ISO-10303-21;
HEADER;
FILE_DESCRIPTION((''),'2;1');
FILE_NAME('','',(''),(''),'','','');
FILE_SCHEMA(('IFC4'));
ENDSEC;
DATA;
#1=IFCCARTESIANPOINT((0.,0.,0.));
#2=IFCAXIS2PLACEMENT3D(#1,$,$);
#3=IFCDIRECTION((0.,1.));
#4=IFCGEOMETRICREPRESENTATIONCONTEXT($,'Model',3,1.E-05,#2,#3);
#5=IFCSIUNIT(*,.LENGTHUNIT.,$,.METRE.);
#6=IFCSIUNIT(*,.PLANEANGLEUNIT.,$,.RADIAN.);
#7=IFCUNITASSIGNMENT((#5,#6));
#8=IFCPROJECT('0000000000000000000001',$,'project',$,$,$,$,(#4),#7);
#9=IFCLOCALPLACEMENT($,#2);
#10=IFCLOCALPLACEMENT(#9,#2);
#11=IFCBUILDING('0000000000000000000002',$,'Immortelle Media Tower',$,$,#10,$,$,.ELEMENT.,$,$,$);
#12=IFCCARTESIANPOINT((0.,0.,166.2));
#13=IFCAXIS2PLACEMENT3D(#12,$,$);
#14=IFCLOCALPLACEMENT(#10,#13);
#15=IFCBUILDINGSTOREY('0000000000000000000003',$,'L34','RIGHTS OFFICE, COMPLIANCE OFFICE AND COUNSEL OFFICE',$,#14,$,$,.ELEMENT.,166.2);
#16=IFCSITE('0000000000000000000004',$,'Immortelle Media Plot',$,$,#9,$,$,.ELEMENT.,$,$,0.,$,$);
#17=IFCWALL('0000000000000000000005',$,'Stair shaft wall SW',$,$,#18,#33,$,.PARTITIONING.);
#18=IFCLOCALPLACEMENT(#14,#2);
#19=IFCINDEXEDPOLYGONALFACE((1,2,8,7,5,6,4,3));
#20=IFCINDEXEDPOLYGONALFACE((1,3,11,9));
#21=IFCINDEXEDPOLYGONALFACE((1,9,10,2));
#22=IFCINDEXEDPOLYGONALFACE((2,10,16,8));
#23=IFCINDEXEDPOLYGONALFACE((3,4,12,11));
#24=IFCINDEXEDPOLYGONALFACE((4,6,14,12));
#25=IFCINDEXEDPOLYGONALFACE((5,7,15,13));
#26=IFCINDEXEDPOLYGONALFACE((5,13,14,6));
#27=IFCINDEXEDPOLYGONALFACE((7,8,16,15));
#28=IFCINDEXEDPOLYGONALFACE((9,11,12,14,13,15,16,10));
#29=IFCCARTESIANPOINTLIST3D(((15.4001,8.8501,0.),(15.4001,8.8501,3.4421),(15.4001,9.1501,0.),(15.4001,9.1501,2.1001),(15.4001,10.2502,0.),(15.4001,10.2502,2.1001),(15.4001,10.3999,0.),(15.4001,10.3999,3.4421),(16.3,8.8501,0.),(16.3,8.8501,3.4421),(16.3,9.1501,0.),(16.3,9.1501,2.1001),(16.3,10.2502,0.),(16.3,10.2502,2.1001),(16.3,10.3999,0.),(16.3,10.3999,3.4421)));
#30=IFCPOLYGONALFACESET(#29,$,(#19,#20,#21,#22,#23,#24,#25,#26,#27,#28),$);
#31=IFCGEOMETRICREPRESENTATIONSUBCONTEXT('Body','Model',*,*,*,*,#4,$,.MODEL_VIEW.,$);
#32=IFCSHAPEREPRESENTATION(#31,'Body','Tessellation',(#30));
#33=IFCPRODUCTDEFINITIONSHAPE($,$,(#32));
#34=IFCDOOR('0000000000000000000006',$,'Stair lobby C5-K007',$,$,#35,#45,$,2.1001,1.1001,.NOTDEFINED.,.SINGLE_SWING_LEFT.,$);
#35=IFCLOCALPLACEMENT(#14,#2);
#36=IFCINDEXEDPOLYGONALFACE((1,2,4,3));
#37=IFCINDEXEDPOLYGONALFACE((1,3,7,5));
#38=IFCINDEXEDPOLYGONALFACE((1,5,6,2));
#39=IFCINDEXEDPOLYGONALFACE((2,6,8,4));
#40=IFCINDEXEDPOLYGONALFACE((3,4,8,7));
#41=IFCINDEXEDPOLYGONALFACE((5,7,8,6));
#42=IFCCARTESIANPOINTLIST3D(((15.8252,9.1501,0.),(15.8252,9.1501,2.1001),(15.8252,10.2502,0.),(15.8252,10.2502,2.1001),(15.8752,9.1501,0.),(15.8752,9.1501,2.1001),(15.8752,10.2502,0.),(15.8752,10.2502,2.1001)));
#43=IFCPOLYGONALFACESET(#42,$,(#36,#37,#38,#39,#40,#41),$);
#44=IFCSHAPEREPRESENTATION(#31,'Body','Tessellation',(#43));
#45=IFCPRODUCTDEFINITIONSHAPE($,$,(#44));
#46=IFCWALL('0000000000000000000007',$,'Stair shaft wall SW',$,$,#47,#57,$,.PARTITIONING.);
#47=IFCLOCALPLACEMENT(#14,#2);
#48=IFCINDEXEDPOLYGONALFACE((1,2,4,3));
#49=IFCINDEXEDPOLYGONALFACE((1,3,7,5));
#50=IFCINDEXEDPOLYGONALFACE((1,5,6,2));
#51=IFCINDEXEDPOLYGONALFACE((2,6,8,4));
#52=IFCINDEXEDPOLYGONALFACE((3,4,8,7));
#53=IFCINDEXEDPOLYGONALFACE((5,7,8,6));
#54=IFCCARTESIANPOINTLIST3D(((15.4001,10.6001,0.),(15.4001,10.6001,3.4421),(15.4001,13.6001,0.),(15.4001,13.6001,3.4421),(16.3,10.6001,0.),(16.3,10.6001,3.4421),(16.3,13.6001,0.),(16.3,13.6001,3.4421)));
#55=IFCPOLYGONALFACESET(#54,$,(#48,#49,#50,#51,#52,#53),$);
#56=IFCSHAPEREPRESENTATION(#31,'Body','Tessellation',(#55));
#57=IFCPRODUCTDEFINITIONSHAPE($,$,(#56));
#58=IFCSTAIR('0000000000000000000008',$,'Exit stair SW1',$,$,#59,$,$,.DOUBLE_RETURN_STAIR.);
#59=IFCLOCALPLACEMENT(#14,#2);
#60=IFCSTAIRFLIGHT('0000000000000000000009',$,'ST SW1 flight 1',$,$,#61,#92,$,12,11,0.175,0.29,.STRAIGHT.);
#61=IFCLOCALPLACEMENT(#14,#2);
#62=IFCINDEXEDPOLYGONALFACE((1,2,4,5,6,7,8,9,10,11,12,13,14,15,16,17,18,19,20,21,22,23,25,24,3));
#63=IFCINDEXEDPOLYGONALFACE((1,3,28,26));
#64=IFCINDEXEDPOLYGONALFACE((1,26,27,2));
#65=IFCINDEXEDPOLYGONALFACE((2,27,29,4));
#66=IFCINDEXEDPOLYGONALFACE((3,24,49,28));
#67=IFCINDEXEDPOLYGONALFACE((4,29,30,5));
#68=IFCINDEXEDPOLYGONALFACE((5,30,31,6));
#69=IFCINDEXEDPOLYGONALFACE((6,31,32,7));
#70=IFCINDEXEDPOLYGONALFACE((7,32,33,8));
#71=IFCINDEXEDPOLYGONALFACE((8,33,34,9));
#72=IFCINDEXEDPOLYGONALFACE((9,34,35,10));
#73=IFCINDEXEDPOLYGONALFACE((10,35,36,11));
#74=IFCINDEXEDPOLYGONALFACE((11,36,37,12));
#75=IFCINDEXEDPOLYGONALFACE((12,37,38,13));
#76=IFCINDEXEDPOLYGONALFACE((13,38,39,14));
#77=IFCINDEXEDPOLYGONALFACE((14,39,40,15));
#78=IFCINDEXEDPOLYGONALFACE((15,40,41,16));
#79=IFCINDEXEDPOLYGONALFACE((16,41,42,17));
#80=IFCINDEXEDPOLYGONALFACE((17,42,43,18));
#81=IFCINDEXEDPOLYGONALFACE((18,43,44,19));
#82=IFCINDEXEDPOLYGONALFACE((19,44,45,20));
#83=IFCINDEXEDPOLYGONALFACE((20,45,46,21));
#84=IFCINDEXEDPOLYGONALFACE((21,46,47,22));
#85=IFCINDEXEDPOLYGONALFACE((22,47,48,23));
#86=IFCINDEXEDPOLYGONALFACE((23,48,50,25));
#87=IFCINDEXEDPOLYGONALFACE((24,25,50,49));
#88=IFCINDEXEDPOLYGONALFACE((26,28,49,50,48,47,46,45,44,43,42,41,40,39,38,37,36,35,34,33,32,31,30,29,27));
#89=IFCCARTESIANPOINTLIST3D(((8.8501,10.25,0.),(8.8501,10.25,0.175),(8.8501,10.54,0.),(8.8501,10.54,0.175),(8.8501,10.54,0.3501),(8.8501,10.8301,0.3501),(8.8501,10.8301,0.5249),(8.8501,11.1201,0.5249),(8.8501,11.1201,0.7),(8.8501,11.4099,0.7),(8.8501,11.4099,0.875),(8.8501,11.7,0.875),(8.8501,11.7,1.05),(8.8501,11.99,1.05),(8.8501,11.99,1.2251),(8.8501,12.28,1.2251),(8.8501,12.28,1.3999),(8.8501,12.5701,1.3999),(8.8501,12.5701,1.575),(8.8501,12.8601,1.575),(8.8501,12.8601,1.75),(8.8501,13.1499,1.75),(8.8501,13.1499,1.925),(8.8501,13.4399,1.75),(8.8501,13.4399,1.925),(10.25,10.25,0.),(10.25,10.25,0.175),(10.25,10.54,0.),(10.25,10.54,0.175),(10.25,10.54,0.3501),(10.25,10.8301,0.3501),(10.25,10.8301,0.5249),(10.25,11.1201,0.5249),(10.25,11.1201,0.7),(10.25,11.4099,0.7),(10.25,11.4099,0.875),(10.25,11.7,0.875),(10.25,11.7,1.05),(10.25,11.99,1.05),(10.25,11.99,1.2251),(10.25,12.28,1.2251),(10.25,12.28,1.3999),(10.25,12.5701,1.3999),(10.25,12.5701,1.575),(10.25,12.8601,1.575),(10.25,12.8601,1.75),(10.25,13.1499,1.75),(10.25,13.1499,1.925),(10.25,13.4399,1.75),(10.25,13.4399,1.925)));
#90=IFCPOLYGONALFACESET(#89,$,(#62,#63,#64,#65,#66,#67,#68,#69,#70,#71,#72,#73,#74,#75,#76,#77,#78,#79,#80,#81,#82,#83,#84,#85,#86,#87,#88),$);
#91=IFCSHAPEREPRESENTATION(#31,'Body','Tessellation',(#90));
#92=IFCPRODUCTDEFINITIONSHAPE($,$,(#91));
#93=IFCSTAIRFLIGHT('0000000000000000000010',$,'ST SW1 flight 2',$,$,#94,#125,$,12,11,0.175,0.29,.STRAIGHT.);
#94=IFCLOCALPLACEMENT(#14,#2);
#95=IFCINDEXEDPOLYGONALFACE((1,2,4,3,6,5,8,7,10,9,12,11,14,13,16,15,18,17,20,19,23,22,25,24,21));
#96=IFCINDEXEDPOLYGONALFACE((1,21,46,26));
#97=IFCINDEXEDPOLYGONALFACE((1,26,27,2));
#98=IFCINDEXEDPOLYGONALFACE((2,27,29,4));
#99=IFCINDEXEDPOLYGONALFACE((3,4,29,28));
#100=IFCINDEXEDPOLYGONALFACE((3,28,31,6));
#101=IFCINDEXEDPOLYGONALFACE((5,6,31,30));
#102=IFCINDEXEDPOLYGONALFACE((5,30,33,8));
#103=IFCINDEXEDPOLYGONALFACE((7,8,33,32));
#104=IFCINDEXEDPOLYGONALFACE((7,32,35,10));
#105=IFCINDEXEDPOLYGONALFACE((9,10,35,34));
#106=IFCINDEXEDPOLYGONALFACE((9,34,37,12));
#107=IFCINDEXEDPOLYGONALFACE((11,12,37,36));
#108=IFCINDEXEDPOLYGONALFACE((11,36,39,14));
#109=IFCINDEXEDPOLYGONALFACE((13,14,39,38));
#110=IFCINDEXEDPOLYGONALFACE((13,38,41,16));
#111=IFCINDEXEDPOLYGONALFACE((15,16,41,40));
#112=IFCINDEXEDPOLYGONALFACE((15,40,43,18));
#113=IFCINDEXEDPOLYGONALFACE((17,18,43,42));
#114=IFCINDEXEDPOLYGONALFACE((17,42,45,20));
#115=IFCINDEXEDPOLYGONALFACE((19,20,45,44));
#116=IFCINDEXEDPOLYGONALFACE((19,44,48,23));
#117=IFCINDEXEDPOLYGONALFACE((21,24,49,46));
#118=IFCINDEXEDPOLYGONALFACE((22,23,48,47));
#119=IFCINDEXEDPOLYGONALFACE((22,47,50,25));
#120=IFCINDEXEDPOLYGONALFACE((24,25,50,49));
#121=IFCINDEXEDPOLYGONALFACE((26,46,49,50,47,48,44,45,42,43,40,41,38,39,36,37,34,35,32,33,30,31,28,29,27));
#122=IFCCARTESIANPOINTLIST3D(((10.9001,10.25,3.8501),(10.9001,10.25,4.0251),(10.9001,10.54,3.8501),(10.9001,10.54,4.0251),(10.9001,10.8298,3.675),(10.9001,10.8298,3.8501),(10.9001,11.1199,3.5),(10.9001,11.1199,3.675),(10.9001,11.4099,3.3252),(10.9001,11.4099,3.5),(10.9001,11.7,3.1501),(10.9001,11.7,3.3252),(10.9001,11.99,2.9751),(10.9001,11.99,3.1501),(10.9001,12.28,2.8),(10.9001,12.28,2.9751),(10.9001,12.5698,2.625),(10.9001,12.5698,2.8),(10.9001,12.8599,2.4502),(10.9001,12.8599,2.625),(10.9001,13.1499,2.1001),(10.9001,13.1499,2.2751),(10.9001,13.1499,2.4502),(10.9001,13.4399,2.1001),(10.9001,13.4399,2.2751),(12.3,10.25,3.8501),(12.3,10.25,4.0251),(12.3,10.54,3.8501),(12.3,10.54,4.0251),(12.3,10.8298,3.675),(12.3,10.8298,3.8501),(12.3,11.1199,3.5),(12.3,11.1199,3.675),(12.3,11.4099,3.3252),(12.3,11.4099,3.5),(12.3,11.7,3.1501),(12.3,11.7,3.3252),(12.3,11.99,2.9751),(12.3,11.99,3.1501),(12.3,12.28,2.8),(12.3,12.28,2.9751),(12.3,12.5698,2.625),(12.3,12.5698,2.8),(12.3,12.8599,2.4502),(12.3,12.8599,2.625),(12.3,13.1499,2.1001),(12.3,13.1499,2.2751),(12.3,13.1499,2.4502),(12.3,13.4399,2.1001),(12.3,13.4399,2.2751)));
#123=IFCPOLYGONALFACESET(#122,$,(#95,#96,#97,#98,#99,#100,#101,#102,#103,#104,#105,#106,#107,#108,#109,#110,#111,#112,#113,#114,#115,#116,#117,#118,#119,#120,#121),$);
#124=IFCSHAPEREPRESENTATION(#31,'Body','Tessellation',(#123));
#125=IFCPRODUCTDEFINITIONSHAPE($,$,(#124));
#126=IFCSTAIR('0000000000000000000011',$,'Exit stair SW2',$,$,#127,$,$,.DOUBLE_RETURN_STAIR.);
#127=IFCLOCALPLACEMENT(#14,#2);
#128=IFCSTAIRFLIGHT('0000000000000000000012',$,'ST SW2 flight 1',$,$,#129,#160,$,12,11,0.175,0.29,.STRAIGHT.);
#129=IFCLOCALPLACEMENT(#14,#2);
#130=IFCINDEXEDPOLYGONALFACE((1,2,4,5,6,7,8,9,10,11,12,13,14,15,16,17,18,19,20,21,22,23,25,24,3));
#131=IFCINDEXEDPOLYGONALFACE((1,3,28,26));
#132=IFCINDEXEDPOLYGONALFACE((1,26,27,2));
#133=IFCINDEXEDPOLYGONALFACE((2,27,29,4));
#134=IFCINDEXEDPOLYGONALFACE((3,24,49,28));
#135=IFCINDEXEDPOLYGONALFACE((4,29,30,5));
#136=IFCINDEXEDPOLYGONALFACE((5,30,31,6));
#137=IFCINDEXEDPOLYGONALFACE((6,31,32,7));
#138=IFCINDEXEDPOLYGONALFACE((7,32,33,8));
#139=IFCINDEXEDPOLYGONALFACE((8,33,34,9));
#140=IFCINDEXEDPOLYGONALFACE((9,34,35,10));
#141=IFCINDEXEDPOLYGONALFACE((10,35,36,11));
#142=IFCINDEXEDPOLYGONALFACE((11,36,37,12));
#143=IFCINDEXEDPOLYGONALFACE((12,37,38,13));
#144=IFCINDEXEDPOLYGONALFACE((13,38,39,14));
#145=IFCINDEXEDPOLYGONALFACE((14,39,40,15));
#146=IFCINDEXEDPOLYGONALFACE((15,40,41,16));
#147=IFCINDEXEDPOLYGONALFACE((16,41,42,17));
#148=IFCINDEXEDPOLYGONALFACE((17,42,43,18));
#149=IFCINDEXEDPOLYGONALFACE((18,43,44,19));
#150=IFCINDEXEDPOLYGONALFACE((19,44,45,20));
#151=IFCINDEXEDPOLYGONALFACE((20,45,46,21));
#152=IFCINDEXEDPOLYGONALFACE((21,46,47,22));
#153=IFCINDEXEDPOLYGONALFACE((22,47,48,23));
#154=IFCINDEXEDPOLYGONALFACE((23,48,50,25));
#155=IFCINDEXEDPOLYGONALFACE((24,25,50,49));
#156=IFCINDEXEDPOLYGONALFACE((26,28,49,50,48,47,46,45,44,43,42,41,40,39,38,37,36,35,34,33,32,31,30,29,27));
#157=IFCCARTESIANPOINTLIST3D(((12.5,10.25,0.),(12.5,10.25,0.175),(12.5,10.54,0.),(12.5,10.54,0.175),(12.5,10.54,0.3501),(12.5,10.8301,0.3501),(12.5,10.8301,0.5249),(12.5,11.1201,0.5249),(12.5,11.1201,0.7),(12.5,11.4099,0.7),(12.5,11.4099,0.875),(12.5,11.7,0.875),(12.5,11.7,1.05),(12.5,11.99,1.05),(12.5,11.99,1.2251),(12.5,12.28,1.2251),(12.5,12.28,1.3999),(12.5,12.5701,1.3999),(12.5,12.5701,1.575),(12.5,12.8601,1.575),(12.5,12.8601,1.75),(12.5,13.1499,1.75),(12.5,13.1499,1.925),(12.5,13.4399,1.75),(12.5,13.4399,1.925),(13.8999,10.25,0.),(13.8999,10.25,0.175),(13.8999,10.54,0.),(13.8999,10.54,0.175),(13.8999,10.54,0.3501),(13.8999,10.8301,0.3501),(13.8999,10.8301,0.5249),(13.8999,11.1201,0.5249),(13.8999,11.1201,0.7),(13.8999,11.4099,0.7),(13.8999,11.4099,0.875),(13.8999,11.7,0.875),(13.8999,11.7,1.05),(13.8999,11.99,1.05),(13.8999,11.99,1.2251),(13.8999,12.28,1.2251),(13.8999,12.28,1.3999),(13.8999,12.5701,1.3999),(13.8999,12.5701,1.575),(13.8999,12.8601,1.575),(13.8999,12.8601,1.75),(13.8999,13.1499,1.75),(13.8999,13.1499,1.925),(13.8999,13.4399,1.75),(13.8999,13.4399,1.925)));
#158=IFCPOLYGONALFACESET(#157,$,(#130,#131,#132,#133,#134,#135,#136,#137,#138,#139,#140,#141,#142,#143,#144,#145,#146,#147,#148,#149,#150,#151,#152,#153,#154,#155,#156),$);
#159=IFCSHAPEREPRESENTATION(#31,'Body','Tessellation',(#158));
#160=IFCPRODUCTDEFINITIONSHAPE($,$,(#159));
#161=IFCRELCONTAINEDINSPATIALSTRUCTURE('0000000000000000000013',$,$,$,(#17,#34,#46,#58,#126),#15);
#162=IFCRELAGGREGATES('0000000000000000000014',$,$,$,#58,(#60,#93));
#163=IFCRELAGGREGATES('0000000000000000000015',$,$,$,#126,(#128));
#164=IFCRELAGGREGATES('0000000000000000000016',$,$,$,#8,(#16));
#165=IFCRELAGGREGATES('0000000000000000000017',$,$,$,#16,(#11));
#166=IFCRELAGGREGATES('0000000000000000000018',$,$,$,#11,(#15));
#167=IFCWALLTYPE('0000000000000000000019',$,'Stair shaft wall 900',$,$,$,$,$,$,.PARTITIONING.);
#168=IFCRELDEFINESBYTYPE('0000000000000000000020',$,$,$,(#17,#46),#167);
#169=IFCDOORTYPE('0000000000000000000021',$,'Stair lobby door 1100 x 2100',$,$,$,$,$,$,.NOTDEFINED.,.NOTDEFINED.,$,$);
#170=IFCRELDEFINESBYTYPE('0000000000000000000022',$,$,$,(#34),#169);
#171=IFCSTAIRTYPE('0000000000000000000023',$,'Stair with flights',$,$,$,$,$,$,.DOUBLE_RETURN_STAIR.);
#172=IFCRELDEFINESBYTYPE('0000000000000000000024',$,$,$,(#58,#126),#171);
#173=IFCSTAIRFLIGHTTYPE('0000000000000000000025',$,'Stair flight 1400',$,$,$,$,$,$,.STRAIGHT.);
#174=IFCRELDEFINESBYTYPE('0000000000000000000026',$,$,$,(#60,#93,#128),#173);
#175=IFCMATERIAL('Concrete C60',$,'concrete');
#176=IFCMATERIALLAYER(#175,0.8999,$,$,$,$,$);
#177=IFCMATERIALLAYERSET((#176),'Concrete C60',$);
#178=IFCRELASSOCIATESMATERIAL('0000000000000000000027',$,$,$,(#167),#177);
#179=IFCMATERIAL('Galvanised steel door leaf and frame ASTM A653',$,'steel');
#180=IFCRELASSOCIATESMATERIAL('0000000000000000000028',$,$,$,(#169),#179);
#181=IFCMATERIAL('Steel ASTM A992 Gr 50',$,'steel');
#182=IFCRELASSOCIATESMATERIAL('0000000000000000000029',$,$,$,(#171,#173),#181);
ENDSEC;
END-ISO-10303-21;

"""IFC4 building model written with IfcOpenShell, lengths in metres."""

from ifc_helpers import new_model, si_unit, direction, frame, frame_2d, origin, place, context, subcontext, project, spatial, polyline, rectangle, outline, extrude, material, layer, layer_set, type_object, element, fill, aggregate, save


model = new_model("IFC4")

# Units and contexts
model_context = context("Model", 3, precision=1e-05, world=origin(), true_north=direction((0.0, 1.0)))
body_context = subcontext(model_context, "Body", "Model", "MODEL_VIEW")
ifc_project = project(units=[si_unit("LENGTHUNIT", "METRE"), si_unit("PLANEANGLEUNIT", "RADIAN")], contexts=[model_context])

# Site, building, storey
site_placement = place(None, origin())
site = spatial("IfcSite", under=ifc_project, at=site_placement, Name="Immortelle Media Plot", CompositionType="ELEMENT", RefElevation=0.0)
building_placement = place(site_placement, origin())
building = spatial("IfcBuilding", under=site, at=building_placement, Name="Immortelle Media Tower", CompositionType="ELEMENT")
storey_placement = place(building_placement, frame((0.0, 0.0, 166.2)))
storey = spatial("IfcBuildingStorey", under=building, at=storey_placement, Name="L34", Description="RIGHTS OFFICE, COMPLIANCE OFFICE AND COUNSEL OFFICE", CompositionType="ELEMENT", Elevation=166.2)

# Shared definitions
ifc_material_1 = material(Name="Steel ASTM A992 Gr 50", Category="steel")

# Wall, opening, door
ifc_material_2 = material(Name="Concrete C60", Category="concrete")
ifc_layer_1 = layer(ifc_material_2, 0.8999)
ifc_layer_set_1 = layer_set([ifc_layer_1], Name="Concrete C60")
wall_type_1 = type_object("IfcWallType", Name="Stair shaft wall 900", PredefinedType="PARTITIONING", material=ifc_layer_set_1)
wall_1_placement = place(storey_placement, frame((15.8501, 8.8501, 0.0), z_axis=(0.0, 0.0, 1.0), x_axis=(0.0, 1.0, 0.0)))
wall_1 = element("IfcWall", 1, at=wall_1_placement, inside=storey, type_object=wall_type_1, Name="Stair shaft wall SW", PredefinedType="PARTITIONING", context=body_context, shape_type="SweptSolid", body=[
    extrude(rectangle(XDim=1.5498, YDim=0.8999, at=frame_2d((0.7749, 0.0))), origin(), (0.0, 0.0, 1.0), 3.4421),
])
opening_1_placement = place(wall_1_placement, frame((0.3, 0.0, 0.0)))
opening_1 = element("IfcOpeningElement", 2, at=opening_1_placement, cuts=wall_1, PredefinedType="OPENING", context=body_context, shape_type="SweptSolid", body=[
    extrude(rectangle(XDim=1.1001, YDim=2.1001, at=frame_2d((0.55, 1.05))), frame((0.0, 0.46, 0.0), z_axis=(0.0, -1.0, 0.0), x_axis=(1.0, 0.0, 0.0)), (0.0, 0.0, 1.0), 0.9199),
])
ifc_material_3 = material(Name="Galvanised steel door leaf and frame ASTM A653", Category="steel")
door_type_1 = type_object("IfcDoorType", Name="Stair lobby door 1100 x 2100", OperationType="NOTDEFINED", PredefinedType="NOTDEFINED", material=ifc_material_3)
door_1_placement = place(opening_1_placement, origin())
door_1 = element("IfcDoor", 3, at=door_1_placement, inside=storey, type_object=door_type_1, Name="Stair lobby C5-K007", OperationType="SINGLE_SWING_LEFT", OverallHeight=2.1001, OverallWidth=1.1001, PredefinedType="NOTDEFINED", context=body_context, shape_type="SweptSolid", body=[
    extrude(rectangle(XDim=1.1001, YDim=2.1001, at=frame_2d((0.55, 1.05))), frame((0.0, 0.0249, 0.0), z_axis=(0.0, -1.0, 0.0), x_axis=(1.0, 0.0, 0.0)), (0.0, 0.0, 1.0), 0.05),
])
fill(opening_1, door_1)

# Wall
wall_2_placement = place(storey_placement, frame((15.8501, 10.6001, 0.0), z_axis=(0.0, 0.0, 1.0), x_axis=(0.0, 1.0, 0.0)))
element("IfcWall", 4, at=wall_2_placement, inside=storey, type_object=wall_type_1, Name="Stair shaft wall SW", PredefinedType="PARTITIONING", context=body_context, shape_type="SweptSolid", body=[
    extrude(rectangle(XDim=3.0, YDim=0.8999, at=frame_2d((1.5, 0.0))), origin(), (0.0, 0.0, 1.0), 3.4421),
])

# Stairs, stair flights
stair_type = type_object("IfcStairType", Name="Stair with flights", PredefinedType="DOUBLE_RETURN_STAIR", material=ifc_material_1)
stair_1_placement = place(storey_placement, origin())
stair_1 = element("IfcStair", 5, at=stair_1_placement, inside=storey, type_object=stair_type, Name="Exit stair SW1", PredefinedType="DOUBLE_RETURN_STAIR")
stair_flight_type = type_object("IfcStairFlightType", Name="Stair flight 1400", PredefinedType="STRAIGHT", material=ifc_material_1)
stair_flight_1_placement = place(storey_placement, frame((9.55, 10.25, 0.0), z_axis=(0.0, 0.0, 1.0), x_axis=(0.0, 1.0, 0.0)))
stair_flight_1 = element("IfcStairFlight", 6, at=stair_flight_1_placement, type_object=stair_flight_type, Name="ST SW1 flight 1", NumberOfRisers=12, NumberOfTreads=11, PredefinedType="STRAIGHT", RiserHeight=0.175, TreadLength=0.29, context=body_context, shape_type="SweptSolid", body=[
    extrude(outline(polyline([(0.0, 0.0), (0.0, 0.175), (0.29, 0.175), (0.29, 0.3501), (0.5801, 0.3501), (0.5801, 0.5249), (0.8701, 0.5249), (0.8701, 0.7), (1.1599, 0.7), (1.1599, 0.875), (1.45, 0.875), (1.45, 1.05), (1.74, 1.05), (1.74, 1.2251), (2.03, 1.2251), (2.03, 1.3999), (2.3201, 1.3999), (2.3201, 1.575), (2.6101, 1.575), (2.6101, 1.75), (2.8999, 1.75), (2.8999, 1.925), (3.1899, 1.925), (3.1899, 2.1001), (3.1899, 1.75), (0.29, 0.0), (0.0, 0.0)])), frame((0.0, 0.7, 0.0), z_axis=(0.0, -1.0, 0.0), x_axis=(1.0, 0.0, 0.0)), (0.0, 0.0, 1.0), 1.3999),
])
stair_flight_2_placement = place(storey_placement, frame((11.6001, 13.4399, 2.1001), z_axis=(0.0, 0.0, 1.0), x_axis=(0.0, -1.0, 0.0)))
stair_flight_2 = element("IfcStairFlight", 7, at=stair_flight_2_placement, type_object=stair_flight_type, Name="ST SW1 flight 2", NumberOfRisers=12, NumberOfTreads=11, PredefinedType="STRAIGHT", RiserHeight=0.175, TreadLength=0.29, context=body_context, shape_type="SweptSolid", body=[
    extrude(outline(polyline([(0.0, 0.0), (0.0, 0.175), (0.29, 0.175), (0.29, 0.3501), (0.5801, 0.3501), (0.5801, 0.5249), (0.8701, 0.5249), (0.8701, 0.7), (1.1599, 0.7), (1.1599, 0.875), (1.45, 0.875), (1.45, 1.05), (1.74, 1.05), (1.74, 1.2251), (2.03, 1.2251), (2.03, 1.3999), (2.3201, 1.3999), (2.3201, 1.575), (2.6101, 1.575), (2.6101, 1.75), (2.8999, 1.75), (2.8999, 1.925), (3.1899, 1.925), (3.1899, 2.1001), (3.1899, 1.75), (0.29, 0.0), (0.0, 0.0)])), frame((0.0, 0.7, 0.0), z_axis=(0.0, -1.0, 0.0), x_axis=(1.0, 0.0, 0.0)), (0.0, 0.0, 1.0), 1.3999),
])
aggregate(stair_1, [stair_flight_1, stair_flight_2])
stair_2_placement = place(storey_placement, origin())
stair_2 = element("IfcStair", 8, at=stair_2_placement, inside=storey, type_object=stair_type, Name="Exit stair SW2", PredefinedType="DOUBLE_RETURN_STAIR")
stair_flight_3_placement = place(storey_placement, frame((13.2, 10.25, 0.0), z_axis=(0.0, 0.0, 1.0), x_axis=(0.0, 1.0, 0.0)))
stair_flight_3 = element("IfcStairFlight", 9, at=stair_flight_3_placement, type_object=stair_flight_type, Name="ST SW2 flight 1", NumberOfRisers=12, NumberOfTreads=11, PredefinedType="STRAIGHT", RiserHeight=0.175, TreadLength=0.29, context=body_context, shape_type="SweptSolid", body=[
    extrude(outline(polyline([(0.0, 0.0), (0.0, 0.175), (0.29, 0.175), (0.29, 0.3501), (0.5801, 0.3501), (0.5801, 0.5249), (0.8701, 0.5249), (0.8701, 0.7), (1.1599, 0.7), (1.1599, 0.875), (1.45, 0.875), (1.45, 1.05), (1.74, 1.05), (1.74, 1.2251), (2.03, 1.2251), (2.03, 1.3999), (2.3201, 1.3999), (2.3201, 1.575), (2.6101, 1.575), (2.6101, 1.75), (2.8999, 1.75), (2.8999, 1.925), (3.1899, 1.925), (3.1899, 2.1001), (3.1899, 1.75), (0.29, 0.0), (0.0, 0.0)])), frame((0.0, 0.7, 0.0), z_axis=(0.0, -1.0, 0.0), x_axis=(1.0, 0.0, 0.0)), (0.0, 0.0, 1.0), 1.3999),
])
aggregate(stair_2, [stair_flight_3])

save(model, "model.ifc")
